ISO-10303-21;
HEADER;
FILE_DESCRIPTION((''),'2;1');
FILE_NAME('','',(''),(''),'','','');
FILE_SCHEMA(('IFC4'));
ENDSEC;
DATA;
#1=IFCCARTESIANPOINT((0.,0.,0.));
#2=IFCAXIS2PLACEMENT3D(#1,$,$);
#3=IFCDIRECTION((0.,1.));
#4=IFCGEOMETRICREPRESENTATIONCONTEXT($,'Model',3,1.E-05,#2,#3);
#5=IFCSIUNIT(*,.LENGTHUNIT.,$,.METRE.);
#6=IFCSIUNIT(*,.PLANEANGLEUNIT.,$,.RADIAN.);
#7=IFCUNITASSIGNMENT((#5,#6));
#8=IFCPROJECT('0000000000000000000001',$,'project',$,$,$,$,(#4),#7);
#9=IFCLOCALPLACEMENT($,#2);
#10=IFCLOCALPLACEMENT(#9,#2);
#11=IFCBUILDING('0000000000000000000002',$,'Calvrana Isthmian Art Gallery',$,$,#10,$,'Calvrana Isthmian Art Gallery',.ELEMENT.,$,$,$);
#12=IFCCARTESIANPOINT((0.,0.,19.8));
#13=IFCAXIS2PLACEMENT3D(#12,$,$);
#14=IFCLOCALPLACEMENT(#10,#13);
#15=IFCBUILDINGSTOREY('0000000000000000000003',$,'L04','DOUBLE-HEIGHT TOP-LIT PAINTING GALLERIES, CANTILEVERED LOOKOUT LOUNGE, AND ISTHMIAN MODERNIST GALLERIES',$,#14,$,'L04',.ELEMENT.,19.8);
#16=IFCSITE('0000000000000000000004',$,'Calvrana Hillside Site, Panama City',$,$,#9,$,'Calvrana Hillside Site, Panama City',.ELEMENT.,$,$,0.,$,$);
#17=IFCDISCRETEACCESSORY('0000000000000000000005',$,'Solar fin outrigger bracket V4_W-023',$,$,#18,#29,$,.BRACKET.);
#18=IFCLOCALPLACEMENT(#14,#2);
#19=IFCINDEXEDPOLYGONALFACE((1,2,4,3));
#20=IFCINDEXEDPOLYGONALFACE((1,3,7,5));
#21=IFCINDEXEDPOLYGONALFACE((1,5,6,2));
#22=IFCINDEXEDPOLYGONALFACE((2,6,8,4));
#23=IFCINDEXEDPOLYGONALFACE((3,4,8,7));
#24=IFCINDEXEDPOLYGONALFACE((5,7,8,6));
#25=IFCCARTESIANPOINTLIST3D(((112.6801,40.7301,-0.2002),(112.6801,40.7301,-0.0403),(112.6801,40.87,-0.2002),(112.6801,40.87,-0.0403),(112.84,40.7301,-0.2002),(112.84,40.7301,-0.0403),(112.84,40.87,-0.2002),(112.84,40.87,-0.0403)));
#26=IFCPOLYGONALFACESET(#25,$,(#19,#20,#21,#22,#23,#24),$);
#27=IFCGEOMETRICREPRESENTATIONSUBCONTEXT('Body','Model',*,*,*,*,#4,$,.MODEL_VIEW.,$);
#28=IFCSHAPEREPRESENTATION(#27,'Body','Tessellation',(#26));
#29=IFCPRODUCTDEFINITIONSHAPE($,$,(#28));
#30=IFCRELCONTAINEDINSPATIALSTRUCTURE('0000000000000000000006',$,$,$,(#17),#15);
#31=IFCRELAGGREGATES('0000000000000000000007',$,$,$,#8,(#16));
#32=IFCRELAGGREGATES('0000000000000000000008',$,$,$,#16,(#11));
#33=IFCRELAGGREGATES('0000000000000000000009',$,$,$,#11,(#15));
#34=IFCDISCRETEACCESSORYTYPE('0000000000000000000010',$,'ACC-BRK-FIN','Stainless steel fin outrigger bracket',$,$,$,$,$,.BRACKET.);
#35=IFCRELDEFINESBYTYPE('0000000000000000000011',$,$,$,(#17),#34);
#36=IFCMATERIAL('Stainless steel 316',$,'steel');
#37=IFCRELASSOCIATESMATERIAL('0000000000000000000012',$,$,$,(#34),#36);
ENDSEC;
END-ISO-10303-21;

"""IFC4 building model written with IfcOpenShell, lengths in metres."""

from ifc_helpers import new_model, si_unit, direction, frame, origin, origin_2d, place, context, subcontext, project, spatial, rectangle, extrude, material, type_object, element, save


model = new_model("IFC4")

# Units and contexts
model_context = context("Model", 3, precision=1e-05, world=origin(), true_north=direction((0.0, 1.0)))
body_context = subcontext(model_context, "Body", "Model", "MODEL_VIEW")
ifc_project = project(units=[si_unit("LENGTHUNIT", "METRE"), si_unit("PLANEANGLEUNIT", "RADIAN")], contexts=[model_context])

# Site, building, storey
site_placement = place(None, origin())
site = spatial("IfcSite", under=ifc_project, at=site_placement, Name="Calvrana Hillside Site, Panama City", LongName="Calvrana Hillside Site, Panama City", CompositionType="ELEMENT", RefElevation=0.0)
building_placement = place(site_placement, origin())
building = spatial("IfcBuilding", under=site, at=building_placement, Name="Calvrana Isthmian Art Gallery", LongName="Calvrana Isthmian Art Gallery", CompositionType="ELEMENT")
storey_placement = place(building_placement, frame((0.0, 0.0, 19.8)))
storey = spatial("IfcBuildingStorey", under=building, at=storey_placement, Name="L04", Description="DOUBLE-HEIGHT TOP-LIT PAINTING GALLERIES, CANTILEVERED LOOKOUT LOUNGE, AND ISTHMIAN MODERNIST GALLERIES", LongName="L04", CompositionType="ELEMENT", Elevation=19.8)

# Discrete accessory
ifc_material_1 = material(Name="Stainless steel 316", Category="steel")
discrete_accessory_type = type_object("IfcDiscreteAccessoryType", Name="ACC-BRK-FIN", Description="Stainless steel fin outrigger bracket", PredefinedType="BRACKET", material=ifc_material_1)
for number, where, z_axis, x_axis, name in (
    (1, (112.76, 40.8, -0.2002), (0.0, 0.0, 1.0), (1.0, 0.0, 0.0), "Solar fin outrigger bracket V4_W-023"),
):
    element("IfcDiscreteAccessory", number, at=place(storey_placement, frame(where, z_axis=z_axis, x_axis=x_axis)), inside=storey, type_object=discrete_accessory_type, Name=name, PredefinedType="BRACKET", context=body_context, shape_type="SweptSolid", body=[
        extrude(rectangle(XDim=0.1599, YDim=0.1399, at=origin_2d()), origin(), (0.0, 0.0, 1.0), 0.1599),
    ])

save(model, "model.ifc")
